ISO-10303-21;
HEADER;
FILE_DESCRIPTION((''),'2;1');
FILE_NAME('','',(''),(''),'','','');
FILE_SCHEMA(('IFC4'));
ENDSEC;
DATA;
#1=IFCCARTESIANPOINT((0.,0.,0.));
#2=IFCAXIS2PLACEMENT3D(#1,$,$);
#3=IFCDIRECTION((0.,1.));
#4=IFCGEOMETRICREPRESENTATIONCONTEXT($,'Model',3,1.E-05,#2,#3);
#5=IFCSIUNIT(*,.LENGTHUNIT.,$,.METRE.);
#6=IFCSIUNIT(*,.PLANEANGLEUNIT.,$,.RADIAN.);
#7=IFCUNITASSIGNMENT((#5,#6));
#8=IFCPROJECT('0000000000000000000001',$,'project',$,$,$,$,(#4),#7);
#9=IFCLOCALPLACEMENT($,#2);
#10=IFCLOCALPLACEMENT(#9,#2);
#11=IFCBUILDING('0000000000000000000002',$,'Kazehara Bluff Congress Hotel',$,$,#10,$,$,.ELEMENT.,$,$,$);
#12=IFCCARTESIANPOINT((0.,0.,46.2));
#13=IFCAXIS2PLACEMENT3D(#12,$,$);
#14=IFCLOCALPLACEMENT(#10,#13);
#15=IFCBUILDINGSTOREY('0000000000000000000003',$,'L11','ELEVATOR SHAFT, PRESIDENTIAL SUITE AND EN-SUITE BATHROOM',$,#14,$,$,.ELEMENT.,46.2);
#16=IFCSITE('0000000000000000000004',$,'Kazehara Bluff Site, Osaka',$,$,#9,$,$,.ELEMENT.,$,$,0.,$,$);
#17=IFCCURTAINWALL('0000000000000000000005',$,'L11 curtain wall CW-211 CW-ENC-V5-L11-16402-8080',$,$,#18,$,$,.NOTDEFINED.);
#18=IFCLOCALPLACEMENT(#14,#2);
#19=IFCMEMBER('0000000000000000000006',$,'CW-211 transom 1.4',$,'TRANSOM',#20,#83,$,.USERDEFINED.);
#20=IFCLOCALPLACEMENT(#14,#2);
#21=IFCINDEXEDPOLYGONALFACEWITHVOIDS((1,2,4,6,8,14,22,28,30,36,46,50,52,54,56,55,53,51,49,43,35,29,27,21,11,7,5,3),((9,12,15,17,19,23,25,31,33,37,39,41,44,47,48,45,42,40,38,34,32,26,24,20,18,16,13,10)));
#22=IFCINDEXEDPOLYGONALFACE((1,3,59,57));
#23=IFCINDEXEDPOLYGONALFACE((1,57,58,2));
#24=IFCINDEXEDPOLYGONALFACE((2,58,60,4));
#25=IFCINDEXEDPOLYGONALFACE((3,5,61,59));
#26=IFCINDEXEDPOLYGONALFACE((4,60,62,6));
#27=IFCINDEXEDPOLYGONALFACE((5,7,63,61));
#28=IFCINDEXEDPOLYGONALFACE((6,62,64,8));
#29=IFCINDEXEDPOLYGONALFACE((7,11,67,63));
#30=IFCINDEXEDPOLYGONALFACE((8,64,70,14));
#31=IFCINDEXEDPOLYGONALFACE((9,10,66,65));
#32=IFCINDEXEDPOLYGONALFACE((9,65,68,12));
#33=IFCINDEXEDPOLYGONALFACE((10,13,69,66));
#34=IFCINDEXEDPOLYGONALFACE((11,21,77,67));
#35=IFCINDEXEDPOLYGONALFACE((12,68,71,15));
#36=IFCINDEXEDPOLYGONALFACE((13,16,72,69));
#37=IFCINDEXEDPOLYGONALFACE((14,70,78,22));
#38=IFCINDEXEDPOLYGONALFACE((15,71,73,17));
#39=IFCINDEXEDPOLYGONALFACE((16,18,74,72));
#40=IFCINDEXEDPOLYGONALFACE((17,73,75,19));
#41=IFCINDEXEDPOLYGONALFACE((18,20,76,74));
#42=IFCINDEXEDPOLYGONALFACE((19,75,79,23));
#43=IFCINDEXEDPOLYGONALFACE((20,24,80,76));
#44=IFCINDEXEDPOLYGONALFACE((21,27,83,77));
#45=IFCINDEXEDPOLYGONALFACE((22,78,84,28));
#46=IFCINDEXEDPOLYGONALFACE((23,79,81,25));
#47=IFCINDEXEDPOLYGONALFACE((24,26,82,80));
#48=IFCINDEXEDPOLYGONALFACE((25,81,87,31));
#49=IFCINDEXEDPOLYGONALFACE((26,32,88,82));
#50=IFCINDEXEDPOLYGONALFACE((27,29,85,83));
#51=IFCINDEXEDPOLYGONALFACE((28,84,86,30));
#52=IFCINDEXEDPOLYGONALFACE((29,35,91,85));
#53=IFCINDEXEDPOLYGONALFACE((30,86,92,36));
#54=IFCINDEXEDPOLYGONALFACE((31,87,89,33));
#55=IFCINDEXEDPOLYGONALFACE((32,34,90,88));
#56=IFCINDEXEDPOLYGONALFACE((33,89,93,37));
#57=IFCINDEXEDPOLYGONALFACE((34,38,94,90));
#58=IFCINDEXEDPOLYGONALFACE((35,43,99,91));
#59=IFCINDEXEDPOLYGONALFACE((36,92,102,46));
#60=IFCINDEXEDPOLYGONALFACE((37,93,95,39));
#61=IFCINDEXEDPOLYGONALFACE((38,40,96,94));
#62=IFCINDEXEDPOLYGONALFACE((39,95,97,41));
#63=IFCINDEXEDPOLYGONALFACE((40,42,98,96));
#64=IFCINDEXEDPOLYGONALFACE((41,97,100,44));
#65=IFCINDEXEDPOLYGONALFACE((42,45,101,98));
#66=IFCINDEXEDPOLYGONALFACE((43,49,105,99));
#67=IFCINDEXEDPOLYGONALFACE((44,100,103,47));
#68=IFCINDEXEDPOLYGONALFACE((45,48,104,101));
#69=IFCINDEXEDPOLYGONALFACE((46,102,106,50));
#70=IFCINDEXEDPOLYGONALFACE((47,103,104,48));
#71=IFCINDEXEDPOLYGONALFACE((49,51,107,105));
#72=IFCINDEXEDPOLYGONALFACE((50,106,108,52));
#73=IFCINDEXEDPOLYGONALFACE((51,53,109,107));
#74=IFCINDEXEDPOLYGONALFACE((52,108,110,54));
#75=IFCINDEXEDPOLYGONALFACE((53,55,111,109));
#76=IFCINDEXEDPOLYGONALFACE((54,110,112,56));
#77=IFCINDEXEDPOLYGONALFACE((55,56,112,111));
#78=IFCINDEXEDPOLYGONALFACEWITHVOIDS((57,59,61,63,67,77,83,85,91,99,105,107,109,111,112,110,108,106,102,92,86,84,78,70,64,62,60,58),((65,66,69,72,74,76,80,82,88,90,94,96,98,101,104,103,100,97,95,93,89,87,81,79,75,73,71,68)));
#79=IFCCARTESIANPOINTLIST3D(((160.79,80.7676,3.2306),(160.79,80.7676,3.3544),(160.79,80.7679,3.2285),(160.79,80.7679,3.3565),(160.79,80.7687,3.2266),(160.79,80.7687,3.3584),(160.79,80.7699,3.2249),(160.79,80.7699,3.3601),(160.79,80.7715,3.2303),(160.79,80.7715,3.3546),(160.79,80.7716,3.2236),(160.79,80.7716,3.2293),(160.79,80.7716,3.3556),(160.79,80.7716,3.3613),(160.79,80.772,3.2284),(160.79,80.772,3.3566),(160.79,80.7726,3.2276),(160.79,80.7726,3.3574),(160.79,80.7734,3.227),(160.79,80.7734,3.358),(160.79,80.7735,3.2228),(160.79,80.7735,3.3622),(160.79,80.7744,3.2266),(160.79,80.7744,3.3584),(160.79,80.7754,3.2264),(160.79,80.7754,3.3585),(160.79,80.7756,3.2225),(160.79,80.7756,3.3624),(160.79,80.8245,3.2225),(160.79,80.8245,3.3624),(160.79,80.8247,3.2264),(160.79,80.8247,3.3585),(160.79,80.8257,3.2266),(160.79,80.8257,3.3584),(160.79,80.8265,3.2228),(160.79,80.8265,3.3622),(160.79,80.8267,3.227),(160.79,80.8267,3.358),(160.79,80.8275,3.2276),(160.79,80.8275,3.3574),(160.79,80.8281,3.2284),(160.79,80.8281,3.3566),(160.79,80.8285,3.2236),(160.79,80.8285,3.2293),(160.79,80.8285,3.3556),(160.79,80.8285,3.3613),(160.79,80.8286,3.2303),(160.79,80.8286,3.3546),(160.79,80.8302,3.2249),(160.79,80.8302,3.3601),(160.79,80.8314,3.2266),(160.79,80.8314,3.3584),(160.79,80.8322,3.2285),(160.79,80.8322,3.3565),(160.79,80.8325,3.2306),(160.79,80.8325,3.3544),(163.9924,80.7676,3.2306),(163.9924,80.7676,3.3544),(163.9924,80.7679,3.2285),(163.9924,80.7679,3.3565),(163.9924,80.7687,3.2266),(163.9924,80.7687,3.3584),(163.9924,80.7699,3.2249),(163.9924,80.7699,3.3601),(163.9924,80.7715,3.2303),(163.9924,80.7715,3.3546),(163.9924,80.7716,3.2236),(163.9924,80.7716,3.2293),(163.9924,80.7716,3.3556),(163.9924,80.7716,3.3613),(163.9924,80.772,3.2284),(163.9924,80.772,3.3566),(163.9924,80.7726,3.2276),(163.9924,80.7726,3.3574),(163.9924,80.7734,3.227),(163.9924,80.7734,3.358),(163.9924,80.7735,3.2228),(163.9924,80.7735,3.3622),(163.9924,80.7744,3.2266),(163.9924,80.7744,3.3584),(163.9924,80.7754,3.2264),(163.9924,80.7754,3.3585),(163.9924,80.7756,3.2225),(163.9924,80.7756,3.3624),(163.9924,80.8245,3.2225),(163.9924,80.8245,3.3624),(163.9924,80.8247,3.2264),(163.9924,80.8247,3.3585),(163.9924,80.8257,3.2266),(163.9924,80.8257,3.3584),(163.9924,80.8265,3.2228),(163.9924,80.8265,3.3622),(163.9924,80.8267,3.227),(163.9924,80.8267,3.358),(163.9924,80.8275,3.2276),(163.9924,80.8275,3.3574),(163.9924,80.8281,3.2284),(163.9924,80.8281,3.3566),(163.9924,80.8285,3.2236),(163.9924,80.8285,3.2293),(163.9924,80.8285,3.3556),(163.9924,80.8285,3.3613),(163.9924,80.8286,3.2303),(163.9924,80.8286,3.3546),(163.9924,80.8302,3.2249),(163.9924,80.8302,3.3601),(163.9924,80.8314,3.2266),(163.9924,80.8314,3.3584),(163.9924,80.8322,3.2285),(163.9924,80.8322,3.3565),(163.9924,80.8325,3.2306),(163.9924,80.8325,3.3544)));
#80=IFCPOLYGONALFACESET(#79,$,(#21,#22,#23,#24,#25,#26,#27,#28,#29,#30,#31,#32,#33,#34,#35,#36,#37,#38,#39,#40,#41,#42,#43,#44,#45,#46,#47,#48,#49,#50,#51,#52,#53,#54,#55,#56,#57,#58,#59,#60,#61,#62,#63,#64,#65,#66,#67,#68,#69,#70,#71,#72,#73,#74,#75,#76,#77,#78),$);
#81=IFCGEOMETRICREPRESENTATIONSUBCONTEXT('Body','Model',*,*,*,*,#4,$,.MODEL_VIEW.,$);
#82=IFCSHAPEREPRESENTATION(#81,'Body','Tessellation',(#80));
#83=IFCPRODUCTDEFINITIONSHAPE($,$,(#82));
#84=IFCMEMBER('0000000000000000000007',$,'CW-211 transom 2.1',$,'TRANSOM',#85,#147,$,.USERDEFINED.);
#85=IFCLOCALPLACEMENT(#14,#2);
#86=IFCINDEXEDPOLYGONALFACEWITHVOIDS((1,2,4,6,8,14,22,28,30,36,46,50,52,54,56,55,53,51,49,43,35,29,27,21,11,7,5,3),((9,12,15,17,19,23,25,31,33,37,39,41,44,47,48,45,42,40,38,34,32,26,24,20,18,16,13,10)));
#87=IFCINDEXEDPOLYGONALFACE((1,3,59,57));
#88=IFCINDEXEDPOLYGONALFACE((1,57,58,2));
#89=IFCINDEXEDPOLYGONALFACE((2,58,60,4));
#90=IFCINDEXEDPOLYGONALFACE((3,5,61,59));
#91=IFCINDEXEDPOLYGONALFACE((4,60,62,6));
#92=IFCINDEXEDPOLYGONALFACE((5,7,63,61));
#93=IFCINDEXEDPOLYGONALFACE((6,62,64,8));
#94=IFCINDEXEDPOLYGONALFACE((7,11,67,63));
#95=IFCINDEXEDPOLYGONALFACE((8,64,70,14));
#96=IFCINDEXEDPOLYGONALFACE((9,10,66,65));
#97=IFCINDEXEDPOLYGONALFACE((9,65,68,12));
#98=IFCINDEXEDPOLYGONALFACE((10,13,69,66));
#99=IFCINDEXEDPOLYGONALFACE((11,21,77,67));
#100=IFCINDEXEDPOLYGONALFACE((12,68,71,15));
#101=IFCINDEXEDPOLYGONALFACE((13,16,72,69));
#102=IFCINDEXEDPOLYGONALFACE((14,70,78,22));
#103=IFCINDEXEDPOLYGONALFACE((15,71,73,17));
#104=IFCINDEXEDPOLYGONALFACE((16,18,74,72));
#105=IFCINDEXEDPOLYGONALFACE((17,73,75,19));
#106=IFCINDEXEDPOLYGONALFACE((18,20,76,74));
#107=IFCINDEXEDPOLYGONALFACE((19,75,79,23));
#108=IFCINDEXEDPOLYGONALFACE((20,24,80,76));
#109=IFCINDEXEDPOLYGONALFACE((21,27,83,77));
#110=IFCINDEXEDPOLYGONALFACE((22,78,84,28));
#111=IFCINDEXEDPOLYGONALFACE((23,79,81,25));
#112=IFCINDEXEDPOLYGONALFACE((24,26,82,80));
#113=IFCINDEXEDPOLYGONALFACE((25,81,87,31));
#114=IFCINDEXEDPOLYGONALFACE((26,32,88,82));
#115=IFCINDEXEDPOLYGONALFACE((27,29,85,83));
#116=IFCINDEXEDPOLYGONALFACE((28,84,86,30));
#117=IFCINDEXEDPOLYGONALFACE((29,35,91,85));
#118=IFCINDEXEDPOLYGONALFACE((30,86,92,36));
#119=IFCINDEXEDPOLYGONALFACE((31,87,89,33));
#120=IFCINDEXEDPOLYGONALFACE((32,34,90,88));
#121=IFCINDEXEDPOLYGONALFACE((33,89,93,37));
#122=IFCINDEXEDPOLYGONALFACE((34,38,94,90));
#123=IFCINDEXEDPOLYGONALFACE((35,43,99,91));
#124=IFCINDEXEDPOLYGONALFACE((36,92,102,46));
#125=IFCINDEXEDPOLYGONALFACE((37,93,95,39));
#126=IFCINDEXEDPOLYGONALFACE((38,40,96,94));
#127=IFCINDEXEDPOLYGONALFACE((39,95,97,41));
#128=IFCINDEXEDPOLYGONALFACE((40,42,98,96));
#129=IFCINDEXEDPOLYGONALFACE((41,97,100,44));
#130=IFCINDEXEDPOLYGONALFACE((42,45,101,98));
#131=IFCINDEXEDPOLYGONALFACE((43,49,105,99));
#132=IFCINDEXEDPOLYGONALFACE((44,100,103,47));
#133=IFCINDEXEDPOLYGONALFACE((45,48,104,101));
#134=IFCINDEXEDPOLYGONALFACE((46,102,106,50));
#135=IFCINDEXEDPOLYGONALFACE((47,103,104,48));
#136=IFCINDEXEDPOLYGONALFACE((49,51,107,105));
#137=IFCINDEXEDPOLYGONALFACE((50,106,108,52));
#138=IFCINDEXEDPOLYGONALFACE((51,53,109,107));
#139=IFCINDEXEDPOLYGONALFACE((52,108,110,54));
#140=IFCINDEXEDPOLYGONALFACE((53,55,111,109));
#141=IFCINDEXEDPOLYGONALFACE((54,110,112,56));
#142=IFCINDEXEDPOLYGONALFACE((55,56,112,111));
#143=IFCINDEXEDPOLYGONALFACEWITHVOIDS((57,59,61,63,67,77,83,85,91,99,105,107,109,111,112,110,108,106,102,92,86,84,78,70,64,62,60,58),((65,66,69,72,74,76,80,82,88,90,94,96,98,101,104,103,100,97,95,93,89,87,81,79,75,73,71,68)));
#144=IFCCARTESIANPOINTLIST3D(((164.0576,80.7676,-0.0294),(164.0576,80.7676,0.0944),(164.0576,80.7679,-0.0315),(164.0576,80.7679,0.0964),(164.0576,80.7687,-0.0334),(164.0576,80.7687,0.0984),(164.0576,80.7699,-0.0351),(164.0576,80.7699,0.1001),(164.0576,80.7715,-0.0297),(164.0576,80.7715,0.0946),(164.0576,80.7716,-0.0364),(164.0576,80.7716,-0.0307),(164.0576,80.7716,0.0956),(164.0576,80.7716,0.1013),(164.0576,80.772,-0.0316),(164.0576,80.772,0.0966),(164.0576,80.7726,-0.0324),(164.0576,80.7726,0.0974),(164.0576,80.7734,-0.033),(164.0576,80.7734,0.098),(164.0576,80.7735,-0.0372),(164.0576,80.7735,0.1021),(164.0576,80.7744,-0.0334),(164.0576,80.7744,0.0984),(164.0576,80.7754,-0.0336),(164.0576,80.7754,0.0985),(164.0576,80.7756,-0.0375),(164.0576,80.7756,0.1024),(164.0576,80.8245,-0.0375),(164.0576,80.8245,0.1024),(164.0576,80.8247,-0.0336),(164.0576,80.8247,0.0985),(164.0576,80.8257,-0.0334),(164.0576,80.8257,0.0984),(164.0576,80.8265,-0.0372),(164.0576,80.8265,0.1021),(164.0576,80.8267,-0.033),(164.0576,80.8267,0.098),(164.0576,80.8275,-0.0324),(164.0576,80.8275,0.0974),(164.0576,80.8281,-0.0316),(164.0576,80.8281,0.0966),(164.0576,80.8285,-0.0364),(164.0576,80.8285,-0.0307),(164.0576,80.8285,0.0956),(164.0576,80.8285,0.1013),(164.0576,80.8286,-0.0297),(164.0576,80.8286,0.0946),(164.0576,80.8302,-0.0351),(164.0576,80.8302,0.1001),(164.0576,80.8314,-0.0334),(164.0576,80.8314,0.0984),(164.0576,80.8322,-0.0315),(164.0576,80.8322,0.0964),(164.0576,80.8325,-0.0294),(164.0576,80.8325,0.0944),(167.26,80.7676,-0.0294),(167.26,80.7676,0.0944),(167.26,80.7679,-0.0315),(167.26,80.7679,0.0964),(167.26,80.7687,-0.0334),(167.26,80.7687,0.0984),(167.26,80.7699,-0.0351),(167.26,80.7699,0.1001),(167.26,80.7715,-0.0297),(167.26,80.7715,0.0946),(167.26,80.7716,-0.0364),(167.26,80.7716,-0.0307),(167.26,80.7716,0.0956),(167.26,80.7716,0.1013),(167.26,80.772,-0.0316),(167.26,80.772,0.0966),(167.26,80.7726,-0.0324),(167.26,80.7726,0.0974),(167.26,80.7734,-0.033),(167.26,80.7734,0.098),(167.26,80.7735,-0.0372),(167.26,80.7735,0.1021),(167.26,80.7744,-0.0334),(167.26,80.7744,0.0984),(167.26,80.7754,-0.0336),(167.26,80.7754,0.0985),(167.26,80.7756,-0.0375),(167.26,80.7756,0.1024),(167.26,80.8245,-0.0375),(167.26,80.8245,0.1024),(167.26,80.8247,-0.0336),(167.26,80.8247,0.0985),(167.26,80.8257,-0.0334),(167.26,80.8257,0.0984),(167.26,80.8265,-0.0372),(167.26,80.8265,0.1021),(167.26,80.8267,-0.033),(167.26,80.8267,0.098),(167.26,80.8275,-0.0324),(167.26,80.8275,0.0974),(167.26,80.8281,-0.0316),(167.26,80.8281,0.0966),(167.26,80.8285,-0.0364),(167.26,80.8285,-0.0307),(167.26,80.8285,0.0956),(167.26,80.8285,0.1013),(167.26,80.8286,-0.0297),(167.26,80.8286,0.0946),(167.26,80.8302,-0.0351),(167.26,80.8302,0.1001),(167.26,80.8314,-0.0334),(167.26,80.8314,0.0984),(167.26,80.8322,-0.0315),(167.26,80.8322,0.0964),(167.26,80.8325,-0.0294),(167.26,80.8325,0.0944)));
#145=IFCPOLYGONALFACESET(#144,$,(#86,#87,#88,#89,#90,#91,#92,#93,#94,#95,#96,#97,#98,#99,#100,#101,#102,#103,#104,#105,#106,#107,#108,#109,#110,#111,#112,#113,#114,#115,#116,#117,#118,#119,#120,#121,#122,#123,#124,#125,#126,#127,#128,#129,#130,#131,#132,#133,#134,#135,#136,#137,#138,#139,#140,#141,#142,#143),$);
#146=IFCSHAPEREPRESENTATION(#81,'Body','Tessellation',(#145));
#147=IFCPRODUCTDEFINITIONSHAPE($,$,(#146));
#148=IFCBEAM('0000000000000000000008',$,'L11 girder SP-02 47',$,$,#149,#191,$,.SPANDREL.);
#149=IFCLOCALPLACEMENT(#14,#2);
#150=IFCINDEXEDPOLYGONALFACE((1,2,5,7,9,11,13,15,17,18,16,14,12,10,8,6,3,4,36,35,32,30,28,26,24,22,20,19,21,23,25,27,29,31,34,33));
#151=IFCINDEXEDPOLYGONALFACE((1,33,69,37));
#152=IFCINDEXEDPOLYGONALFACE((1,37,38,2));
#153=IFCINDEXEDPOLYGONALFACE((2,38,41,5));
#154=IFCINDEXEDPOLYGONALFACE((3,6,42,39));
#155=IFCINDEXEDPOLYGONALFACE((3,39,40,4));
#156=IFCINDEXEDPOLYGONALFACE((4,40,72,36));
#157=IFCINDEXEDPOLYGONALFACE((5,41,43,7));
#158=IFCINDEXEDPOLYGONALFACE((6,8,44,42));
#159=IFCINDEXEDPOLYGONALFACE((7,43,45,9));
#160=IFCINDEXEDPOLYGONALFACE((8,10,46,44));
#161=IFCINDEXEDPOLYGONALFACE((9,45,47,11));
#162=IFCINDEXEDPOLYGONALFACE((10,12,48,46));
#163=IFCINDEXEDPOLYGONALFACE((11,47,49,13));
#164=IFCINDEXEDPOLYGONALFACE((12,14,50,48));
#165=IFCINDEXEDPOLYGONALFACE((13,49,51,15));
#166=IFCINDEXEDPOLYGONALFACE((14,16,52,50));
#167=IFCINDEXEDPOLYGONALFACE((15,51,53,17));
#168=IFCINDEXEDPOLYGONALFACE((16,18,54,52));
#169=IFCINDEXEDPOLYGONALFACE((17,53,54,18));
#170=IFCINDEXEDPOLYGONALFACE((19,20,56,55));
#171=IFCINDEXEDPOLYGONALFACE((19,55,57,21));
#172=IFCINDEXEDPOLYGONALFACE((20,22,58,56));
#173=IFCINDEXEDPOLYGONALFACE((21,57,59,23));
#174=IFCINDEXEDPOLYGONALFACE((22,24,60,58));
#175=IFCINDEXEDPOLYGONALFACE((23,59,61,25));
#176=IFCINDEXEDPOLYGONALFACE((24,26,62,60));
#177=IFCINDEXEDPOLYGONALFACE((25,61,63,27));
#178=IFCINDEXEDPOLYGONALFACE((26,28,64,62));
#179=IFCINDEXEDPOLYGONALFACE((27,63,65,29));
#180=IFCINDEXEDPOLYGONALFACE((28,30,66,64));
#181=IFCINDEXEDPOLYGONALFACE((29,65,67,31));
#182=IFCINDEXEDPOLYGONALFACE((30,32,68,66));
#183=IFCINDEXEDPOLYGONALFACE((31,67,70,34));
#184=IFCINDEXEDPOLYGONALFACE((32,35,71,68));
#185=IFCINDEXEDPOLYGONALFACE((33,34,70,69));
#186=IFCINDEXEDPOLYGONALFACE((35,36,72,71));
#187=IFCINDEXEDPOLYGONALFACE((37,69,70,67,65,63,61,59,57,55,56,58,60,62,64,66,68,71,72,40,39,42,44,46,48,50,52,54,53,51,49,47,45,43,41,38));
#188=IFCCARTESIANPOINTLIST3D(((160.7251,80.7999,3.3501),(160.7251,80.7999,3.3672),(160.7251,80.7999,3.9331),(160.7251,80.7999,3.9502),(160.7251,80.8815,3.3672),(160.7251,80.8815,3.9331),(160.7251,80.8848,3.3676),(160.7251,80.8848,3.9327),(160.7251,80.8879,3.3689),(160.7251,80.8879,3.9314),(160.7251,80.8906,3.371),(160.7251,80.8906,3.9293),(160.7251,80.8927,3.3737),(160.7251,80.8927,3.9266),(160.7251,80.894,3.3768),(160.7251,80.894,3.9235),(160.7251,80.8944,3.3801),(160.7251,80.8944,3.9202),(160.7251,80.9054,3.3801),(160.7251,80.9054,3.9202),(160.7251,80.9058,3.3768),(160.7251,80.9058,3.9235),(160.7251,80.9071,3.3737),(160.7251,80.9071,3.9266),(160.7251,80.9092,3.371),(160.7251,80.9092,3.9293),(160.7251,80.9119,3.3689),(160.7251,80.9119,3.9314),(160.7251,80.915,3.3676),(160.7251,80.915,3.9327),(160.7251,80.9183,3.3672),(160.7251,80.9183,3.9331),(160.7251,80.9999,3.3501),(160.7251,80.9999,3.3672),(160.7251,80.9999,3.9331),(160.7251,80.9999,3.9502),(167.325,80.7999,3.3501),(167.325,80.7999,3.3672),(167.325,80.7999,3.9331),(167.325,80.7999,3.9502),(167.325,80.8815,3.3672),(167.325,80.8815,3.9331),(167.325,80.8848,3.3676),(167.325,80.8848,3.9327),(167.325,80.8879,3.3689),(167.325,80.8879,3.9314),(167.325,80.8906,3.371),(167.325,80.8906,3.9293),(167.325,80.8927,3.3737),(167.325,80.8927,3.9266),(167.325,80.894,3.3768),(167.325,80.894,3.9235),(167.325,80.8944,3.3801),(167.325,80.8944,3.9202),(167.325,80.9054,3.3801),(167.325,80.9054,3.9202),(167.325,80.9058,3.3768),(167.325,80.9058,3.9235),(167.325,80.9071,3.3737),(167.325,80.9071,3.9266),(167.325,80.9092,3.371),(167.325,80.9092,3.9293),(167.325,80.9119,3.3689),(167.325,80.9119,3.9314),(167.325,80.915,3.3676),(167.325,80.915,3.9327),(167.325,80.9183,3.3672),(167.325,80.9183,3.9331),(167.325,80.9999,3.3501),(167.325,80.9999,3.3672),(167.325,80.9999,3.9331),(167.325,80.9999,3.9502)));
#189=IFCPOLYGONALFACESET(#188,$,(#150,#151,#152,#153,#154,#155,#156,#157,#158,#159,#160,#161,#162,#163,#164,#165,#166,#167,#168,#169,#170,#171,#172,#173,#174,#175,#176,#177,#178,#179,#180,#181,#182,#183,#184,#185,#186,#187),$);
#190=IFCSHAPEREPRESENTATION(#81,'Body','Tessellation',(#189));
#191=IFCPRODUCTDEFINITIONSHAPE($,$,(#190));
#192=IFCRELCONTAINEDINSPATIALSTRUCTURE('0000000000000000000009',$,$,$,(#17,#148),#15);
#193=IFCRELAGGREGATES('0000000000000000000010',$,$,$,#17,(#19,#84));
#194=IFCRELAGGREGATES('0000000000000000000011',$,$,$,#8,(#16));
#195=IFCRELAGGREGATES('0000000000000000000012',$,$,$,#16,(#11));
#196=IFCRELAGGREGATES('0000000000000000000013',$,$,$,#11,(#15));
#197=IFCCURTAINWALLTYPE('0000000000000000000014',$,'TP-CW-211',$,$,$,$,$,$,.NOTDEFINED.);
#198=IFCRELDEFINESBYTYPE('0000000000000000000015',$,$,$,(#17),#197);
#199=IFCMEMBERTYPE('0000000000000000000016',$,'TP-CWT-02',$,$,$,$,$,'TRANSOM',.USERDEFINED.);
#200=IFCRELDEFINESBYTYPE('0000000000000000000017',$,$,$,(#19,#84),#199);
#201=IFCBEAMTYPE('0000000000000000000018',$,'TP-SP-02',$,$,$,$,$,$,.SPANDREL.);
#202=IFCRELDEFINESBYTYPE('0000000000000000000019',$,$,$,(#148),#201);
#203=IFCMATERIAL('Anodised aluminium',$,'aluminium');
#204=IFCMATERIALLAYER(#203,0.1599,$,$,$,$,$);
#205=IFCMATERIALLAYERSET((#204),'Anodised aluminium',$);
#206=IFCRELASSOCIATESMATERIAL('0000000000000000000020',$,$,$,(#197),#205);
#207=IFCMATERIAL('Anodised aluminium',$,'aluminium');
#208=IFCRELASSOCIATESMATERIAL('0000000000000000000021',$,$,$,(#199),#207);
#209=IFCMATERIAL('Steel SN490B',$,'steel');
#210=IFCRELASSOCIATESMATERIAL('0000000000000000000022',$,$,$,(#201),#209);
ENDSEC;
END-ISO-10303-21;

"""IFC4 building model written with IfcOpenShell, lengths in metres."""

from ifc_helpers import new_model, si_unit, direction, frame, origin, origin_2d, place, context, subcontext, project, spatial, hollow_rectangle, i_section, extrude, material, layer, layer_set, material_profile, profile_set, type_object, element, aggregate, save


model = new_model("IFC4")

# Units and contexts
model_context = context("Model", 3, precision=1e-05, world=origin(), true_north=direction((0.0, 1.0)))
body_context = subcontext(model_context, "Body", "Model", "MODEL_VIEW")
ifc_project = project(units=[si_unit("LENGTHUNIT", "METRE"), si_unit("PLANEANGLEUNIT", "RADIAN")], contexts=[model_context])

# Site, building, storey
site_placement = place(None, origin())
site = spatial("IfcSite", under=ifc_project, at=site_placement, Name="Kazehara Bluff Site, Osaka", CompositionType="ELEMENT", RefElevation=0.0)
building_placement = place(site_placement, origin())
building = spatial("IfcBuilding", under=site, at=building_placement, Name="Kazehara Bluff Congress Hotel", CompositionType="ELEMENT")
storey_placement = place(building_placement, frame((0.0, 0.0, 46.2)))
storey = spatial("IfcBuildingStorey", under=building, at=storey_placement, Name="L11", Description="ELEVATOR SHAFT, PRESIDENTIAL SUITE AND EN-SUITE BATHROOM", CompositionType="ELEMENT", Elevation=46.2)

# Curtain wall
ifc_material_1 = material(Name="Anodised aluminium", Category="aluminium")
ifc_layer_1 = layer(ifc_material_1, 0.1599)
ifc_layer_set_1 = layer_set([ifc_layer_1], Name="Anodised aluminium")
curtain_wall_type_1 = type_object("IfcCurtainWallType", Name="TP-CW-211", PredefinedType="NOTDEFINED", material=ifc_layer_set_1)
curtain_wall_1_placement = place(storey_placement, origin())
curtain_wall_1 = element("IfcCurtainWall", 1, at=curtain_wall_1_placement, inside=storey, type_object=curtain_wall_type_1, Name="L11 curtain wall CW-211 CW-ENC-V5-L11-16402-8080", PredefinedType="NOTDEFINED")

# Members
ifc_material_2 = material(Name="Anodised aluminium", Category="aluminium")
ifc_material_profile_1 = material_profile(ifc_material_2, hollow_rectangle(XDim=0.0649, YDim=0.1399, WallThickness=0.0039, InnerFilletRadius=0.0039, OuterFilletRadius=0.0081, at=origin_2d()))
ifc_profile_set_1 = profile_set([ifc_material_profile_1], Name="Anodised aluminium")
member_type_1 = type_object("IfcMemberType", Name="TP-CWT-02", ElementType="TRANSOM", PredefinedType="USERDEFINED", material=ifc_profile_set_1)
member_1_placement = place(storey_placement, frame((160.79, 80.8, 3.2925), z_axis=(1.0, 0.0, 0.0), x_axis=(0.0, 1.0, 0.0)))
member_1 = element("IfcMember", 2, at=member_1_placement, type_object=member_type_1, Name="CW-211 transom 1.4", ObjectType="TRANSOM", PredefinedType="USERDEFINED", context=body_context, shape_type="SweptSolid", body=[
    extrude(hollow_rectangle(XDim=0.0649, YDim=0.1399, WallThickness=0.0039, InnerFilletRadius=0.0039, OuterFilletRadius=0.0081, at=origin_2d()), origin(), (0.0, 0.0, 1.0), 3.2024),
])
member_2_placement = place(storey_placement, frame((164.0576, 80.8, 0.0325), z_axis=(1.0, 0.0, 0.0), x_axis=(0.0, 1.0, 0.0)))
member_2 = element("IfcMember", 3, at=member_2_placement, type_object=member_type_1, Name="CW-211 transom 2.1", ObjectType="TRANSOM", PredefinedType="USERDEFINED", context=body_context, shape_type="SweptSolid", body=[
    extrude(hollow_rectangle(XDim=0.0649, YDim=0.1399, WallThickness=0.0039, InnerFilletRadius=0.0039, OuterFilletRadius=0.0081, at=origin_2d()), origin(), (0.0, 0.0, 1.0), 3.2024),
])

# Beam
ifc_material_3 = material(Name="Steel SN490B", Category="steel")
ifc_material_profile_2 = material_profile(ifc_material_3, i_section(OverallWidth=0.2, OverallDepth=0.6001, WebThickness=0.011, FlangeThickness=0.0171, FilletRadius=0.0129, at=origin_2d()))
ifc_profile_set_2 = profile_set([ifc_material_profile_2], Name="Steel SN490B")
beam_type = type_object("IfcBeamType", Name="TP-SP-02", PredefinedType="SPANDREL", material=ifc_profile_set_2)
beam_placement = place(storey_placement, frame((160.7251, 80.8999, 3.6501), z_axis=(1.0, 0.0, 0.0), x_axis=(0.0, 1.0, 0.0)))
element("IfcBeam", 4, at=beam_placement, inside=storey, type_object=beam_type, Name="L11 girder SP-02 47", PredefinedType="SPANDREL", context=body_context, shape_type="SweptSolid", body=[
    extrude(i_section(OverallWidth=0.2, OverallDepth=0.6001, WebThickness=0.011, FlangeThickness=0.0171, FilletRadius=0.0129, at=origin_2d()), origin(), (0.0, 0.0, 1.0), 6.5999),
])

aggregate(curtain_wall_1, [member_1, member_2])

save(model, "model.ifc")
